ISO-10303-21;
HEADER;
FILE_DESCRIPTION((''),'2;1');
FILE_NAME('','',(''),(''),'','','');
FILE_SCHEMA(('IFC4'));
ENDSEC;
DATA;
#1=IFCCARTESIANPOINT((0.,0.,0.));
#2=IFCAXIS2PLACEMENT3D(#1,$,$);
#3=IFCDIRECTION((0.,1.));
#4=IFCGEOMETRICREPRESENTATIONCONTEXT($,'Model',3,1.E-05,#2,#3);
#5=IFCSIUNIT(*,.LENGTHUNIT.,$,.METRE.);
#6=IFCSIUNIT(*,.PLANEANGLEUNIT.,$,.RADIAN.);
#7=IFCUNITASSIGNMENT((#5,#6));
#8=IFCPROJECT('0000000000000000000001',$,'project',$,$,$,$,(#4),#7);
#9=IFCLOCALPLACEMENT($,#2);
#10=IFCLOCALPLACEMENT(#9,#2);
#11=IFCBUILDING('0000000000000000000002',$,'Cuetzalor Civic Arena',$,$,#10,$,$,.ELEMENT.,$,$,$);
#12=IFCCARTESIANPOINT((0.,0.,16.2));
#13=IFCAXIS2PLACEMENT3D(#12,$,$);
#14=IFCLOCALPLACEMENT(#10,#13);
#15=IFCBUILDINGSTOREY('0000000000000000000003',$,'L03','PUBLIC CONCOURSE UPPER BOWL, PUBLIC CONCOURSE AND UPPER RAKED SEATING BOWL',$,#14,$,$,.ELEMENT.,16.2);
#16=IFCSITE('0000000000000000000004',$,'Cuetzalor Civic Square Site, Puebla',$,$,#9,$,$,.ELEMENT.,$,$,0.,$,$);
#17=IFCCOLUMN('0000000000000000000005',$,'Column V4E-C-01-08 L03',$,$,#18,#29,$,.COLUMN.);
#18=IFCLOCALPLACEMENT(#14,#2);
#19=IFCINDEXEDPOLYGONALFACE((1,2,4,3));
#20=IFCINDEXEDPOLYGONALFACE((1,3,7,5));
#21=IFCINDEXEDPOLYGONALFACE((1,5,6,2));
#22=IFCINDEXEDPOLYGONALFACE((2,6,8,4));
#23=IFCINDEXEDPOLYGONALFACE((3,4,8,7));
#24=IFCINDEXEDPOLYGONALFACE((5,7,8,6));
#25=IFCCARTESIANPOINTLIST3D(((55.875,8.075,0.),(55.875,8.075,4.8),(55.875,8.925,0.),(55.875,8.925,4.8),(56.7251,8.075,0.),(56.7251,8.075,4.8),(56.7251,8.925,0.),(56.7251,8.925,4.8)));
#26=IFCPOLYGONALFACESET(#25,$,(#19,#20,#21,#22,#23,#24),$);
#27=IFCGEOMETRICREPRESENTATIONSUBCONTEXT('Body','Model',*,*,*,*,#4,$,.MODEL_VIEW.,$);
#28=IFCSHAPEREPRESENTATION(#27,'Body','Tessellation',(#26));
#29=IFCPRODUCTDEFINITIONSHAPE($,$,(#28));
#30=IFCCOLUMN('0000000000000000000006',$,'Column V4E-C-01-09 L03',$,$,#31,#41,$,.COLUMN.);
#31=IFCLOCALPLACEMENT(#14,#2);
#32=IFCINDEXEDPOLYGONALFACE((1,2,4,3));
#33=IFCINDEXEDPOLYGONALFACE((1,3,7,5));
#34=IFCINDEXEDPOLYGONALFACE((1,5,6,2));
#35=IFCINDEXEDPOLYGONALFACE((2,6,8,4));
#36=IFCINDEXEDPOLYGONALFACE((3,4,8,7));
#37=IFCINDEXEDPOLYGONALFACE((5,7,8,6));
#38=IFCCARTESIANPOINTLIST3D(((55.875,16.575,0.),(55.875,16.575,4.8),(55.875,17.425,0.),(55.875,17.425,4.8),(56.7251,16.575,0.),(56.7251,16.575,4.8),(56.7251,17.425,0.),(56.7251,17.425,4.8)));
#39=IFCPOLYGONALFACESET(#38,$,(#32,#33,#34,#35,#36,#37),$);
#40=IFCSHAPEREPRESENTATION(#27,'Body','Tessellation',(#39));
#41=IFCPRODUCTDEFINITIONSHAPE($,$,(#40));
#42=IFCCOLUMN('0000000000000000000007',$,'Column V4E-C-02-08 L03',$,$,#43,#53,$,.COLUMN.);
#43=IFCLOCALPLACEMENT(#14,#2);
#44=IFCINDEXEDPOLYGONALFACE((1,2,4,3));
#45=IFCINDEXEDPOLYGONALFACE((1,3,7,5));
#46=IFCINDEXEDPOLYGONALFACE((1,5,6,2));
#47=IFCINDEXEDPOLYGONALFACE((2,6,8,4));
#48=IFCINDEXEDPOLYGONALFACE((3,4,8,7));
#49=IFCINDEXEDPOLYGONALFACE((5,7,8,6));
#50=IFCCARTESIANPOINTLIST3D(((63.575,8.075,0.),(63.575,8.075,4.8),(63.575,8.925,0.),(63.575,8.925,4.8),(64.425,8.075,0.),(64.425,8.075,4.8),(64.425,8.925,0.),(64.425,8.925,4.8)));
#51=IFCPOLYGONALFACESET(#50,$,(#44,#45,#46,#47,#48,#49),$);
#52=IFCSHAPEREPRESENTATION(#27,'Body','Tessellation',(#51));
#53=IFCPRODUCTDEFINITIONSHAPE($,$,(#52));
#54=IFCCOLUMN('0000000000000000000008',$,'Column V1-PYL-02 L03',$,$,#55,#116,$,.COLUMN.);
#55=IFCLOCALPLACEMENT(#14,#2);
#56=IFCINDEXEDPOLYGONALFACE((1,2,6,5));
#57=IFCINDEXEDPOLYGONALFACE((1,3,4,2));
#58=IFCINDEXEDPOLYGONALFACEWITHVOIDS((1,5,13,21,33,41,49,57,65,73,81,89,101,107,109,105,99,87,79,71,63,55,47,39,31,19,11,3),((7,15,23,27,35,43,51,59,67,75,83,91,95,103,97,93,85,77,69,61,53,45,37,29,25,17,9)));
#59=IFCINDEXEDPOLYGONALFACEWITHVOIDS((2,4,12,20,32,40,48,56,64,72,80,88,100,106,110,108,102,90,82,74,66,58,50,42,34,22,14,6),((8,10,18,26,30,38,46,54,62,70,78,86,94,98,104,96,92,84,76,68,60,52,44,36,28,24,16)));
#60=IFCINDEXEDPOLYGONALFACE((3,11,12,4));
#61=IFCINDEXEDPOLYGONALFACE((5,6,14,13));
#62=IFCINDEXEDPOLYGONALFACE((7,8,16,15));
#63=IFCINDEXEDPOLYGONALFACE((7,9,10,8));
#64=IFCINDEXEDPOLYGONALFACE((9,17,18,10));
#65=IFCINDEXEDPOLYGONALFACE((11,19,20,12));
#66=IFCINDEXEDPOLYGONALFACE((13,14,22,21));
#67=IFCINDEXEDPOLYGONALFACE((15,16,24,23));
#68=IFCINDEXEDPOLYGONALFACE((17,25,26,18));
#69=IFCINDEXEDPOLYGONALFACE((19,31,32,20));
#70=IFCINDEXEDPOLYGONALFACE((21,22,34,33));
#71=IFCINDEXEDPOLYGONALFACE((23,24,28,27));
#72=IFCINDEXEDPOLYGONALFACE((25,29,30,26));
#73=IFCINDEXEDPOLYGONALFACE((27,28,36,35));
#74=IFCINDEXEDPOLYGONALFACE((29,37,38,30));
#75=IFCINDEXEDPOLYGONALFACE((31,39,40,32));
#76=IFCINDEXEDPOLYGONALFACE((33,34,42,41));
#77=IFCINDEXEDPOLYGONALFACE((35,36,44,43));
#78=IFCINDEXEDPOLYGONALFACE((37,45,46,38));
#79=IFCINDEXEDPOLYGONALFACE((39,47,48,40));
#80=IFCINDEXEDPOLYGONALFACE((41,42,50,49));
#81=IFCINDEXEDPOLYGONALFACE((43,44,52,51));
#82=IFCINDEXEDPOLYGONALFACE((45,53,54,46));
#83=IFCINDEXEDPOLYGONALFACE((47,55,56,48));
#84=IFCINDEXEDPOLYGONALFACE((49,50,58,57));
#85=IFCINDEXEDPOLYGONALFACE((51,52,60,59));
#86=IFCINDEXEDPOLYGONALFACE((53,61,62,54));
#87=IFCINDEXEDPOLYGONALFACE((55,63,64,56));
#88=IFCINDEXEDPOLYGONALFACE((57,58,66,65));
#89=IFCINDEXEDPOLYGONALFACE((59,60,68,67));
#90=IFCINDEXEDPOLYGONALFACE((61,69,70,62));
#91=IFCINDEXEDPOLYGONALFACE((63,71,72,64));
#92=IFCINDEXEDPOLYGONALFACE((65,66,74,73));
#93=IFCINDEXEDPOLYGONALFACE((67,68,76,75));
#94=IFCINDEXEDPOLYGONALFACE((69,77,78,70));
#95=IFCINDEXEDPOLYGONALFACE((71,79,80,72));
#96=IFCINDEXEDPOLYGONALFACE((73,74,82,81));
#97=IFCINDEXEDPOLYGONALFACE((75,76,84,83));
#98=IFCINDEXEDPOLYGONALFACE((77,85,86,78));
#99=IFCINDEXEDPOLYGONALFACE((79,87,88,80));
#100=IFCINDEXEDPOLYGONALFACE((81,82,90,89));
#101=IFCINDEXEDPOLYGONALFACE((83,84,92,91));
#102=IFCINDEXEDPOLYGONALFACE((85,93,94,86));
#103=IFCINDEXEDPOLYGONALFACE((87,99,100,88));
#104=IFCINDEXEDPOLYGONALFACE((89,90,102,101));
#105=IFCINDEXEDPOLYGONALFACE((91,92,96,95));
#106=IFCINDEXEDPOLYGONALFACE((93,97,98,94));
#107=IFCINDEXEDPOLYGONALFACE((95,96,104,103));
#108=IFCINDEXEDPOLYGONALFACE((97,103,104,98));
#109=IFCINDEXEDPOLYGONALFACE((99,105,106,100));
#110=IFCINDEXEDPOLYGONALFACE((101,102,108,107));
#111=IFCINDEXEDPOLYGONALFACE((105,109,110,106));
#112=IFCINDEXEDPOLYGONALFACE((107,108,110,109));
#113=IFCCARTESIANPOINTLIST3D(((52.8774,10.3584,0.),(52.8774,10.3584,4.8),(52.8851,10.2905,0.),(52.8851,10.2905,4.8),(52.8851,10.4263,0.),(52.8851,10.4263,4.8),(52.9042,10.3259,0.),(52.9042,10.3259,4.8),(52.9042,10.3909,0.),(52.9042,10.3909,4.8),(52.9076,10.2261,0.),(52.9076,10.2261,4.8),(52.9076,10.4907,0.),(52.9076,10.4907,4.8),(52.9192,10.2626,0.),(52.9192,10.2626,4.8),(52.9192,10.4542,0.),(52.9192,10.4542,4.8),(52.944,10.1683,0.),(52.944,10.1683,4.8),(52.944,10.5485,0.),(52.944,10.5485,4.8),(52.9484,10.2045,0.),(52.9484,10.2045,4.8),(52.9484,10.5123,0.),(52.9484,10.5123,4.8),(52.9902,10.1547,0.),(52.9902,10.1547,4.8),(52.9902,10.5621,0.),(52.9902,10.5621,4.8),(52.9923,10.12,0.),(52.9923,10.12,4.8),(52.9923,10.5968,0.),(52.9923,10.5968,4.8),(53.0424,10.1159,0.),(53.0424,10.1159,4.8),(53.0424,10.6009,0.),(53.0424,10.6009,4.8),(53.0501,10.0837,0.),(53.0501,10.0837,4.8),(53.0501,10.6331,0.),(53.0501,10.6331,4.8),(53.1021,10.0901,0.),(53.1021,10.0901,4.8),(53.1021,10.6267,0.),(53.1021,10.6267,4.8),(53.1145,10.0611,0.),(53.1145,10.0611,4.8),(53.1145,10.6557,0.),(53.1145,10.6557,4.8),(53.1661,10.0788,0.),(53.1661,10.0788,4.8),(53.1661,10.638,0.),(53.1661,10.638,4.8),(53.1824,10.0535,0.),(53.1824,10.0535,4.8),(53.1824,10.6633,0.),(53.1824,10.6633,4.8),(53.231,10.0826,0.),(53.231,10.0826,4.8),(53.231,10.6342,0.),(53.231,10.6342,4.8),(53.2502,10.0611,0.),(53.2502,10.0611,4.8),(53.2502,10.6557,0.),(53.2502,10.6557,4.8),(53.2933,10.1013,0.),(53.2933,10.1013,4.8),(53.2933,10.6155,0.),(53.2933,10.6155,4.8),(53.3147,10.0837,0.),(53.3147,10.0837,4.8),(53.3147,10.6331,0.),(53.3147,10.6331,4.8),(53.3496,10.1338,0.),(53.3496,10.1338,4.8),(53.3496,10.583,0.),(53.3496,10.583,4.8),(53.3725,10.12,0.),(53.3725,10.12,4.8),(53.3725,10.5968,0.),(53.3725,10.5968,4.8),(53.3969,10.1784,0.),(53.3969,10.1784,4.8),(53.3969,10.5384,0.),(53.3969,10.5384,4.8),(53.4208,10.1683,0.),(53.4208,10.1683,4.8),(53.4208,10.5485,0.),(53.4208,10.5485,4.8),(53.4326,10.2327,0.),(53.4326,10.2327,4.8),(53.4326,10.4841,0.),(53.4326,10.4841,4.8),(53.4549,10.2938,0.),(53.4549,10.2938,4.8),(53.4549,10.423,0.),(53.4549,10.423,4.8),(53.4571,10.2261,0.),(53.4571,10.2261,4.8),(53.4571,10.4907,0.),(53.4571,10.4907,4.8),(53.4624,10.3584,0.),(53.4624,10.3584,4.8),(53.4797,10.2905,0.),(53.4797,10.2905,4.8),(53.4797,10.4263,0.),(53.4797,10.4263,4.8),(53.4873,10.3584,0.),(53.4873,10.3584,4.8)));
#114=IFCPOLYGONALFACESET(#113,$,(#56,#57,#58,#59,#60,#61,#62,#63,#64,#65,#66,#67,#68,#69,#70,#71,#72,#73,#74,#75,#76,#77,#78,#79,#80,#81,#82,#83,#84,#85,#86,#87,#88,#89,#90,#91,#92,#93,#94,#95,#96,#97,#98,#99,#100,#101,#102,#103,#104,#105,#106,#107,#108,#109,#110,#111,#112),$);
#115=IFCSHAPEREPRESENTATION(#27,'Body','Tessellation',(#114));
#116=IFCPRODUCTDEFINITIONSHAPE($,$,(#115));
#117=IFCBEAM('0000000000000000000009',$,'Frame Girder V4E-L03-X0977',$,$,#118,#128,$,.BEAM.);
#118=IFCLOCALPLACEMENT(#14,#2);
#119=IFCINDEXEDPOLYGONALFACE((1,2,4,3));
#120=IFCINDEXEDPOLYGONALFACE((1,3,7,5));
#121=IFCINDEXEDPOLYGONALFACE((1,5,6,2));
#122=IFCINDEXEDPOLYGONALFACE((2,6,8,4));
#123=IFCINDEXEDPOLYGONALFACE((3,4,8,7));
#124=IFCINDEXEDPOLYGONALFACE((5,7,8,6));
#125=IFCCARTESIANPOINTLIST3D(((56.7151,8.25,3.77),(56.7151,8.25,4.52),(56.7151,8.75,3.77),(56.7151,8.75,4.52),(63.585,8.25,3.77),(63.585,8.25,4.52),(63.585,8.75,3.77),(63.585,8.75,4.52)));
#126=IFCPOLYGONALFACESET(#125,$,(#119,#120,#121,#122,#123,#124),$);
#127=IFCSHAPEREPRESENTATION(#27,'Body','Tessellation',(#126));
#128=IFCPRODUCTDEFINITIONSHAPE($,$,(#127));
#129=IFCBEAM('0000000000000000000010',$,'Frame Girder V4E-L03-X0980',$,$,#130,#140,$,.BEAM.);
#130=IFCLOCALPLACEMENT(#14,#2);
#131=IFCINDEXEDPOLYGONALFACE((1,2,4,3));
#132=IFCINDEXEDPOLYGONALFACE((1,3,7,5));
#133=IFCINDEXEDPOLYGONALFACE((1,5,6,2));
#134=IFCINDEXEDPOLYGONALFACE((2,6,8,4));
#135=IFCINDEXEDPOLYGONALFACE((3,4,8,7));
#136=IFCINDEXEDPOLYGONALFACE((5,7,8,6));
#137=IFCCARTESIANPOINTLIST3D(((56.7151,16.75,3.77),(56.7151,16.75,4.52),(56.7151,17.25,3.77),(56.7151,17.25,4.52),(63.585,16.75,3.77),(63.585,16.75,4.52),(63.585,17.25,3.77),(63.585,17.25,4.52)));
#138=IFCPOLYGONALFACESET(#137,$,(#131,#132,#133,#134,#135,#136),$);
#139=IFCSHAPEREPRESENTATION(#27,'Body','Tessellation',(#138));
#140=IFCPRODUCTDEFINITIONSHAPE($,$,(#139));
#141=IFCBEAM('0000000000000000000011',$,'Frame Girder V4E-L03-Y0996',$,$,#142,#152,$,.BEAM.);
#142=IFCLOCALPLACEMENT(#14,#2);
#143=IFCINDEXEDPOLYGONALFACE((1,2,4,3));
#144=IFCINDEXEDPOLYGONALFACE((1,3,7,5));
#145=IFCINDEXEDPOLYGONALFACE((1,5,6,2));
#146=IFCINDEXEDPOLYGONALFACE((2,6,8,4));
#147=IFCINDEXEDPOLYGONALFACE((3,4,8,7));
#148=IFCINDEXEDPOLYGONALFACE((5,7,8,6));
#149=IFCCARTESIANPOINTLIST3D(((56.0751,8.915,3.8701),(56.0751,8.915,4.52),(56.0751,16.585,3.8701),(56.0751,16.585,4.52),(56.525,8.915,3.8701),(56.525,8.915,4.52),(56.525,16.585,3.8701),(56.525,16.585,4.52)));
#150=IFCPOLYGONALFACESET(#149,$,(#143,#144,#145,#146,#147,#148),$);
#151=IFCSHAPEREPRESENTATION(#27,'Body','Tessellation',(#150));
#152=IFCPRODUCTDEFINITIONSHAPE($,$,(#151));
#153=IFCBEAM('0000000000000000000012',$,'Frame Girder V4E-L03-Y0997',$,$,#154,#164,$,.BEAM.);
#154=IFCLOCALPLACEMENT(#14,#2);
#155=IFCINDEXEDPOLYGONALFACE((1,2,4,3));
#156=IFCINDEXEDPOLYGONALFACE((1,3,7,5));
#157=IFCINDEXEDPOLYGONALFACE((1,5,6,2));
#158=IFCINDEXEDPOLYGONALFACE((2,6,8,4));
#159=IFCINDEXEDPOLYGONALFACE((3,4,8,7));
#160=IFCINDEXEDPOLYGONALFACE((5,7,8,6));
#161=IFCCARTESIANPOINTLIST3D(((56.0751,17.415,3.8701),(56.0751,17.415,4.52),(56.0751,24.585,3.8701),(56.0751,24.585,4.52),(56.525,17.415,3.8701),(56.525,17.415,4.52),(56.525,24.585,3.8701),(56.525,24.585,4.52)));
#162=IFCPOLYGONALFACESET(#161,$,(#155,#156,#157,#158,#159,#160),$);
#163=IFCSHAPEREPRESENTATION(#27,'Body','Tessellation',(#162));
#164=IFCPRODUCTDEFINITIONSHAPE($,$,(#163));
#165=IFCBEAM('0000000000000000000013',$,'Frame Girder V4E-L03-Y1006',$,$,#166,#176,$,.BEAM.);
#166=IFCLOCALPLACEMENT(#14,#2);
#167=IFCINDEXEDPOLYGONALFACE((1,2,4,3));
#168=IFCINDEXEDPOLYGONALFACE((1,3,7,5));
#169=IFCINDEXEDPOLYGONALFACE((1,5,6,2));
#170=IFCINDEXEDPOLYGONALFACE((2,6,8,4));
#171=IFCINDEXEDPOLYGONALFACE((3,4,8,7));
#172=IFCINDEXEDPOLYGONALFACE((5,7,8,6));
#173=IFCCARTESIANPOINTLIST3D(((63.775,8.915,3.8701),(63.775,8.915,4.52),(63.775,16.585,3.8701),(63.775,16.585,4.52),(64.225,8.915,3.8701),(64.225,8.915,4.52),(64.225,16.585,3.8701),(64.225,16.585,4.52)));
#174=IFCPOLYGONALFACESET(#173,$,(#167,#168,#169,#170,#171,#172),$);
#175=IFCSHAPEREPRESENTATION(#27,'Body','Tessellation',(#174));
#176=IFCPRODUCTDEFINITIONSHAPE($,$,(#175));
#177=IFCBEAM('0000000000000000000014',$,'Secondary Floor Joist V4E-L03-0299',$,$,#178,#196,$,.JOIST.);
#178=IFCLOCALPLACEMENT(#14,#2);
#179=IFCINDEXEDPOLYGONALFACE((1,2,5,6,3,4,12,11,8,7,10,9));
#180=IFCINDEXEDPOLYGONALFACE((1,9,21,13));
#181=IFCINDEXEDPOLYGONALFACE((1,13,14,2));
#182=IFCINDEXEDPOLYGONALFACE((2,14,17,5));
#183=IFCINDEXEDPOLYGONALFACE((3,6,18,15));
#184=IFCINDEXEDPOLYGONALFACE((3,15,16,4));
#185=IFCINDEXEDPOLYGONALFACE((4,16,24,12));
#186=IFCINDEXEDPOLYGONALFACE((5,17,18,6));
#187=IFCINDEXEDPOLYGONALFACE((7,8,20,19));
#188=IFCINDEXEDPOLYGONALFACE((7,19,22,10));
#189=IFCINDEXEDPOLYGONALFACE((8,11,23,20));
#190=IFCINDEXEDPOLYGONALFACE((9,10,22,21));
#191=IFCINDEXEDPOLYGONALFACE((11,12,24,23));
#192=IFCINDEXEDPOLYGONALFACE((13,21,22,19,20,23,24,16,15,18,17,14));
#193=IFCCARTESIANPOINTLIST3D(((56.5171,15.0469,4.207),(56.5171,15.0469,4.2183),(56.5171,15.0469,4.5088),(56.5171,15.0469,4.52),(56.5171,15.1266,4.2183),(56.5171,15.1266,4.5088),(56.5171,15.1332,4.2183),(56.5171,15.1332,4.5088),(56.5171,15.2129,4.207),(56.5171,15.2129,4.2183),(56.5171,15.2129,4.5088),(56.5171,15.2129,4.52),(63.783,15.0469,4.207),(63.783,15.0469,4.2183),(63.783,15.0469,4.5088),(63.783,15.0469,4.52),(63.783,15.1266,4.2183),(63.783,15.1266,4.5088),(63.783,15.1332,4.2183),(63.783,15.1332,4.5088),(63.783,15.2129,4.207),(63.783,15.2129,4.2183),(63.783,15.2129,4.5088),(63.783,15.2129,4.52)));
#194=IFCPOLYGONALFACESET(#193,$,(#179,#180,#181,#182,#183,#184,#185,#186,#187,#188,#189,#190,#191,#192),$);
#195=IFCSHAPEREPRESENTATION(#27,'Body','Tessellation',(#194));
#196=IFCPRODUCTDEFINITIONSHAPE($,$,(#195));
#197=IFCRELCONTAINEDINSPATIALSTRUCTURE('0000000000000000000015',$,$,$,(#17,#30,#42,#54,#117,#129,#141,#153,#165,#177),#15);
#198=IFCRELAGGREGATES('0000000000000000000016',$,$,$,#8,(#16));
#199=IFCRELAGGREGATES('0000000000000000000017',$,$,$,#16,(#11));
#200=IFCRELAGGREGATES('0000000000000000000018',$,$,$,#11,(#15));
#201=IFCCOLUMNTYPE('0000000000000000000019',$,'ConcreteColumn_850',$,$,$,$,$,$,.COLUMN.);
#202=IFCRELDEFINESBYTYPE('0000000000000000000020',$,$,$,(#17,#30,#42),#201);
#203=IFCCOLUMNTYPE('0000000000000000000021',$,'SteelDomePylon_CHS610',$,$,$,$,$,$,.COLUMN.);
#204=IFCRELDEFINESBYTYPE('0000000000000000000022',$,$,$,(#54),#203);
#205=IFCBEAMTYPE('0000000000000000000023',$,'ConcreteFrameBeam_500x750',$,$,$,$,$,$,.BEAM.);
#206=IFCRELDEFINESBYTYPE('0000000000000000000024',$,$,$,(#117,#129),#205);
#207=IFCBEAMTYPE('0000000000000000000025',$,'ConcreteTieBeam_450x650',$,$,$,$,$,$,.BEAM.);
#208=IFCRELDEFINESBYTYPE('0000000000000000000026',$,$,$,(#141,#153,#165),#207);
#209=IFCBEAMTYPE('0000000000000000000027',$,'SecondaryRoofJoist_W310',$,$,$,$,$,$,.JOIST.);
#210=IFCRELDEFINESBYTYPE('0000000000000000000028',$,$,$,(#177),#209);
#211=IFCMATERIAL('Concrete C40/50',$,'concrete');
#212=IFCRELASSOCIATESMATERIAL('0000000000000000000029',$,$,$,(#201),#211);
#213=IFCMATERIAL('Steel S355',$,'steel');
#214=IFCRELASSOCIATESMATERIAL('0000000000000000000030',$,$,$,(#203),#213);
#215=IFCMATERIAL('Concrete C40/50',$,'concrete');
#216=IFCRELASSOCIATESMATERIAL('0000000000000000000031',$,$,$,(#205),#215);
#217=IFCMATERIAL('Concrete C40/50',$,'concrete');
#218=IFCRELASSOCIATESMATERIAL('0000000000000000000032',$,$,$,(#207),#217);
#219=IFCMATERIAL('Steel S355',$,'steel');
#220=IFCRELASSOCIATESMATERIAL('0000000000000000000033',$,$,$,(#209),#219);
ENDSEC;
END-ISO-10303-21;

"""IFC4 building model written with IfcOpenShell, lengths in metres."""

from ifc_helpers import new_model, si_unit, direction, frame, origin, origin_2d, place, context, subcontext, project, spatial, rectangle, hollow_circle, i_section, extrude, material, material_profile, profile_set, type_object, element, save


model = new_model("IFC4")

# Units and contexts
model_context = context("Model", 3, precision=1e-05, world=origin(), true_north=direction((0.0, 1.0)))
body_context = subcontext(model_context, "Body", "Model", "MODEL_VIEW")
ifc_project = project(units=[si_unit("LENGTHUNIT", "METRE"), si_unit("PLANEANGLEUNIT", "RADIAN")], contexts=[model_context])

# Site, building, storey
site_placement = place(None, origin())
site = spatial("IfcSite", under=ifc_project, at=site_placement, Name="Cuetzalor Civic Square Site, Puebla", CompositionType="ELEMENT", RefElevation=0.0)
building_placement = place(site_placement, origin())
building = spatial("IfcBuilding", under=site, at=building_placement, Name="Cuetzalor Civic Arena", CompositionType="ELEMENT")
storey_placement = place(building_placement, frame((0.0, 0.0, 16.2)))
storey = spatial("IfcBuildingStorey", under=building, at=storey_placement, Name="L03", Description="PUBLIC CONCOURSE UPPER BOWL, PUBLIC CONCOURSE AND UPPER RAKED SEATING BOWL", CompositionType="ELEMENT", Elevation=16.2)

# Columns
ifc_material_1 = material(Name="Concrete C40/50", Category="concrete")
ifc_material_profile_1 = material_profile(ifc_material_1, rectangle(XDim=0.8501, YDim=0.8501, at=origin_2d()), Name="RC 850x850")
ifc_profile_set_1 = profile_set([ifc_material_profile_1], Name="Concrete C40/50")
column_type_1 = type_object("IfcColumnType", Name="ConcreteColumn_850", PredefinedType="COLUMN", material=ifc_profile_set_1)
for number, where, z_axis, x_axis, name in (
    (1, (56.3, 8.5, 0.0), (0.0, 0.0, 1.0), (1.0, 0.0, 0.0), "Column V4E-C-01-08 L03"),
    (2, (56.3, 17.0, 0.0), (0.0, 0.0, 1.0), (1.0, 0.0, 0.0), "Column V4E-C-01-09 L03"),
    (3, (64.0, 8.5, 0.0), (0.0, 0.0, 1.0), (1.0, 0.0, 0.0), "Column V4E-C-02-08 L03"),
):
    element("IfcColumn", number, at=place(storey_placement, frame(where, z_axis=z_axis, x_axis=x_axis)), inside=storey, type_object=column_type_1, Name=name, PredefinedType="COLUMN", context=body_context, shape_type="SweptSolid", body=[
        extrude(rectangle(XDim=0.8501, YDim=0.8501, at=origin_2d()), origin(), (0.0, 0.0, 1.0), 4.8),
    ])
ifc_material_2 = material(Name="Steel S355", Category="steel")
ifc_material_profile_2 = material_profile(ifc_material_2, hollow_circle(Radius=0.3049, WallThickness=0.0249, at=origin_2d()), Name="CHS 610x25")
ifc_profile_set_2 = profile_set([ifc_material_profile_2], Name="Steel S355")
column_type_2 = type_object("IfcColumnType", Name="SteelDomePylon_CHS610", PredefinedType="COLUMN", material=ifc_profile_set_2)
column_placement = place(storey_placement, frame((53.1824, 10.3584, 0.0), z_axis=(0.0, 0.0, 1.0), x_axis=(1.0, 0.0, 0.0)))
element("IfcColumn", 4, at=column_placement, inside=storey, type_object=column_type_2, Name="Column V1-PYL-02 L03", PredefinedType="COLUMN", context=body_context, shape_type="SweptSolid", body=[
    extrude(hollow_circle(Radius=0.3049, WallThickness=0.0249, at=origin_2d()), origin(), (0.0, 0.0, 1.0), 4.8),
])

# Beams
ifc_material_3 = material(Name="Concrete C40/50", Category="concrete")
ifc_material_profile_3 = material_profile(ifc_material_3, rectangle(XDim=0.5, YDim=0.75, at=origin_2d()), Name="RC 500x750")
ifc_profile_set_3 = profile_set([ifc_material_profile_3], Name="Concrete C40/50")
beam_type_1 = type_object("IfcBeamType", Name="ConcreteFrameBeam_500x750", PredefinedType="BEAM", material=ifc_profile_set_3)
for number, where, z_axis, x_axis, name in (
    (5, (56.7151, 8.5, 4.145), (1.0, 0.0, 0.0), (0.0, 1.0, 0.0), "Frame Girder V4E-L03-X0977"),
    (6, (56.7151, 17.0, 4.145), (1.0, 0.0, 0.0), (0.0, 1.0, 0.0), "Frame Girder V4E-L03-X0980"),
):
    element("IfcBeam", number, at=place(storey_placement, frame(where, z_axis=z_axis, x_axis=x_axis)), inside=storey, type_object=beam_type_1, Name=name, PredefinedType="BEAM", context=body_context, shape_type="SweptSolid", body=[
        extrude(rectangle(XDim=0.5, YDim=0.75, at=origin_2d()), origin(), (0.0, 0.0, 1.0), 6.8699),
    ])
ifc_material_4 = material(Name="Concrete C40/50", Category="concrete")
ifc_material_profile_4 = material_profile(ifc_material_4, rectangle(XDim=0.45, YDim=0.6499, at=origin_2d()), Name="RC 450x650")
ifc_profile_set_4 = profile_set([ifc_material_profile_4], Name="Concrete C40/50")
beam_type_2 = type_object("IfcBeamType", Name="ConcreteTieBeam_450x650", PredefinedType="BEAM", material=ifc_profile_set_4)
beam_1_placement = place(storey_placement, frame((56.3, 8.915, 4.1951), z_axis=(0.0, 1.0, 0.0), x_axis=(-1.0, 0.0, 0.0)))
element("IfcBeam", 7, at=beam_1_placement, inside=storey, type_object=beam_type_2, Name="Frame Girder V4E-L03-Y0996", PredefinedType="BEAM", context=body_context, shape_type="SweptSolid", body=[
    extrude(rectangle(XDim=0.45, YDim=0.6499, at=origin_2d()), origin(), (0.0, 0.0, 1.0), 7.6699),
])
beam_2_placement = place(storey_placement, frame((56.3, 17.415, 4.1951), z_axis=(0.0, 1.0, 0.0), x_axis=(-1.0, 0.0, 0.0)))
element("IfcBeam", 8, at=beam_2_placement, inside=storey, type_object=beam_type_2, Name="Frame Girder V4E-L03-Y0997", PredefinedType="BEAM", context=body_context, shape_type="SweptSolid", body=[
    extrude(rectangle(XDim=0.45, YDim=0.6499, at=origin_2d()), origin(), (0.0, 0.0, 1.0), 7.1699),
])
beam_3_placement = place(storey_placement, frame((64.0, 8.915, 4.1951), z_axis=(0.0, 1.0, 0.0), x_axis=(-1.0, 0.0, 0.0)))
element("IfcBeam", 9, at=beam_3_placement, inside=storey, type_object=beam_type_2, Name="Frame Girder V4E-L03-Y1006", PredefinedType="BEAM", context=body_context, shape_type="SweptSolid", body=[
    extrude(rectangle(XDim=0.45, YDim=0.6499, at=origin_2d()), origin(), (0.0, 0.0, 1.0), 7.6699),
])
ifc_material_5 = material(Name="Steel S355", Category="steel")
ifc_material_profile_5 = material_profile(ifc_material_5, i_section(OverallWidth=0.166, OverallDepth=0.313, WebThickness=0.0066, FlangeThickness=0.0112, at=origin_2d()), Name="W310x45")
ifc_profile_set_5 = profile_set([ifc_material_profile_5], Name="Steel S355")
beam_type_3 = type_object("IfcBeamType", Name="SecondaryRoofJoist_W310", PredefinedType="JOIST", material=ifc_profile_set_5)
for number, where, z_axis, x_axis, name in (
    (10, (56.5171, 15.1299, 4.3635), (1.0, 0.0, 0.0), (0.0, 1.0, 0.0), "Secondary Floor Joist V4E-L03-0299"),
):
    element("IfcBeam", number, at=place(storey_placement, frame(where, z_axis=z_axis, x_axis=x_axis)), inside=storey, type_object=beam_type_3, Name=name, PredefinedType="JOIST", context=body_context, shape_type="SweptSolid", body=[
        extrude(i_section(OverallWidth=0.166, OverallDepth=0.313, WebThickness=0.0066, FlangeThickness=0.0112, at=origin_2d()), origin(), (0.0, 0.0, 1.0), 7.2659),
    ])

save(model, "model.ifc")
